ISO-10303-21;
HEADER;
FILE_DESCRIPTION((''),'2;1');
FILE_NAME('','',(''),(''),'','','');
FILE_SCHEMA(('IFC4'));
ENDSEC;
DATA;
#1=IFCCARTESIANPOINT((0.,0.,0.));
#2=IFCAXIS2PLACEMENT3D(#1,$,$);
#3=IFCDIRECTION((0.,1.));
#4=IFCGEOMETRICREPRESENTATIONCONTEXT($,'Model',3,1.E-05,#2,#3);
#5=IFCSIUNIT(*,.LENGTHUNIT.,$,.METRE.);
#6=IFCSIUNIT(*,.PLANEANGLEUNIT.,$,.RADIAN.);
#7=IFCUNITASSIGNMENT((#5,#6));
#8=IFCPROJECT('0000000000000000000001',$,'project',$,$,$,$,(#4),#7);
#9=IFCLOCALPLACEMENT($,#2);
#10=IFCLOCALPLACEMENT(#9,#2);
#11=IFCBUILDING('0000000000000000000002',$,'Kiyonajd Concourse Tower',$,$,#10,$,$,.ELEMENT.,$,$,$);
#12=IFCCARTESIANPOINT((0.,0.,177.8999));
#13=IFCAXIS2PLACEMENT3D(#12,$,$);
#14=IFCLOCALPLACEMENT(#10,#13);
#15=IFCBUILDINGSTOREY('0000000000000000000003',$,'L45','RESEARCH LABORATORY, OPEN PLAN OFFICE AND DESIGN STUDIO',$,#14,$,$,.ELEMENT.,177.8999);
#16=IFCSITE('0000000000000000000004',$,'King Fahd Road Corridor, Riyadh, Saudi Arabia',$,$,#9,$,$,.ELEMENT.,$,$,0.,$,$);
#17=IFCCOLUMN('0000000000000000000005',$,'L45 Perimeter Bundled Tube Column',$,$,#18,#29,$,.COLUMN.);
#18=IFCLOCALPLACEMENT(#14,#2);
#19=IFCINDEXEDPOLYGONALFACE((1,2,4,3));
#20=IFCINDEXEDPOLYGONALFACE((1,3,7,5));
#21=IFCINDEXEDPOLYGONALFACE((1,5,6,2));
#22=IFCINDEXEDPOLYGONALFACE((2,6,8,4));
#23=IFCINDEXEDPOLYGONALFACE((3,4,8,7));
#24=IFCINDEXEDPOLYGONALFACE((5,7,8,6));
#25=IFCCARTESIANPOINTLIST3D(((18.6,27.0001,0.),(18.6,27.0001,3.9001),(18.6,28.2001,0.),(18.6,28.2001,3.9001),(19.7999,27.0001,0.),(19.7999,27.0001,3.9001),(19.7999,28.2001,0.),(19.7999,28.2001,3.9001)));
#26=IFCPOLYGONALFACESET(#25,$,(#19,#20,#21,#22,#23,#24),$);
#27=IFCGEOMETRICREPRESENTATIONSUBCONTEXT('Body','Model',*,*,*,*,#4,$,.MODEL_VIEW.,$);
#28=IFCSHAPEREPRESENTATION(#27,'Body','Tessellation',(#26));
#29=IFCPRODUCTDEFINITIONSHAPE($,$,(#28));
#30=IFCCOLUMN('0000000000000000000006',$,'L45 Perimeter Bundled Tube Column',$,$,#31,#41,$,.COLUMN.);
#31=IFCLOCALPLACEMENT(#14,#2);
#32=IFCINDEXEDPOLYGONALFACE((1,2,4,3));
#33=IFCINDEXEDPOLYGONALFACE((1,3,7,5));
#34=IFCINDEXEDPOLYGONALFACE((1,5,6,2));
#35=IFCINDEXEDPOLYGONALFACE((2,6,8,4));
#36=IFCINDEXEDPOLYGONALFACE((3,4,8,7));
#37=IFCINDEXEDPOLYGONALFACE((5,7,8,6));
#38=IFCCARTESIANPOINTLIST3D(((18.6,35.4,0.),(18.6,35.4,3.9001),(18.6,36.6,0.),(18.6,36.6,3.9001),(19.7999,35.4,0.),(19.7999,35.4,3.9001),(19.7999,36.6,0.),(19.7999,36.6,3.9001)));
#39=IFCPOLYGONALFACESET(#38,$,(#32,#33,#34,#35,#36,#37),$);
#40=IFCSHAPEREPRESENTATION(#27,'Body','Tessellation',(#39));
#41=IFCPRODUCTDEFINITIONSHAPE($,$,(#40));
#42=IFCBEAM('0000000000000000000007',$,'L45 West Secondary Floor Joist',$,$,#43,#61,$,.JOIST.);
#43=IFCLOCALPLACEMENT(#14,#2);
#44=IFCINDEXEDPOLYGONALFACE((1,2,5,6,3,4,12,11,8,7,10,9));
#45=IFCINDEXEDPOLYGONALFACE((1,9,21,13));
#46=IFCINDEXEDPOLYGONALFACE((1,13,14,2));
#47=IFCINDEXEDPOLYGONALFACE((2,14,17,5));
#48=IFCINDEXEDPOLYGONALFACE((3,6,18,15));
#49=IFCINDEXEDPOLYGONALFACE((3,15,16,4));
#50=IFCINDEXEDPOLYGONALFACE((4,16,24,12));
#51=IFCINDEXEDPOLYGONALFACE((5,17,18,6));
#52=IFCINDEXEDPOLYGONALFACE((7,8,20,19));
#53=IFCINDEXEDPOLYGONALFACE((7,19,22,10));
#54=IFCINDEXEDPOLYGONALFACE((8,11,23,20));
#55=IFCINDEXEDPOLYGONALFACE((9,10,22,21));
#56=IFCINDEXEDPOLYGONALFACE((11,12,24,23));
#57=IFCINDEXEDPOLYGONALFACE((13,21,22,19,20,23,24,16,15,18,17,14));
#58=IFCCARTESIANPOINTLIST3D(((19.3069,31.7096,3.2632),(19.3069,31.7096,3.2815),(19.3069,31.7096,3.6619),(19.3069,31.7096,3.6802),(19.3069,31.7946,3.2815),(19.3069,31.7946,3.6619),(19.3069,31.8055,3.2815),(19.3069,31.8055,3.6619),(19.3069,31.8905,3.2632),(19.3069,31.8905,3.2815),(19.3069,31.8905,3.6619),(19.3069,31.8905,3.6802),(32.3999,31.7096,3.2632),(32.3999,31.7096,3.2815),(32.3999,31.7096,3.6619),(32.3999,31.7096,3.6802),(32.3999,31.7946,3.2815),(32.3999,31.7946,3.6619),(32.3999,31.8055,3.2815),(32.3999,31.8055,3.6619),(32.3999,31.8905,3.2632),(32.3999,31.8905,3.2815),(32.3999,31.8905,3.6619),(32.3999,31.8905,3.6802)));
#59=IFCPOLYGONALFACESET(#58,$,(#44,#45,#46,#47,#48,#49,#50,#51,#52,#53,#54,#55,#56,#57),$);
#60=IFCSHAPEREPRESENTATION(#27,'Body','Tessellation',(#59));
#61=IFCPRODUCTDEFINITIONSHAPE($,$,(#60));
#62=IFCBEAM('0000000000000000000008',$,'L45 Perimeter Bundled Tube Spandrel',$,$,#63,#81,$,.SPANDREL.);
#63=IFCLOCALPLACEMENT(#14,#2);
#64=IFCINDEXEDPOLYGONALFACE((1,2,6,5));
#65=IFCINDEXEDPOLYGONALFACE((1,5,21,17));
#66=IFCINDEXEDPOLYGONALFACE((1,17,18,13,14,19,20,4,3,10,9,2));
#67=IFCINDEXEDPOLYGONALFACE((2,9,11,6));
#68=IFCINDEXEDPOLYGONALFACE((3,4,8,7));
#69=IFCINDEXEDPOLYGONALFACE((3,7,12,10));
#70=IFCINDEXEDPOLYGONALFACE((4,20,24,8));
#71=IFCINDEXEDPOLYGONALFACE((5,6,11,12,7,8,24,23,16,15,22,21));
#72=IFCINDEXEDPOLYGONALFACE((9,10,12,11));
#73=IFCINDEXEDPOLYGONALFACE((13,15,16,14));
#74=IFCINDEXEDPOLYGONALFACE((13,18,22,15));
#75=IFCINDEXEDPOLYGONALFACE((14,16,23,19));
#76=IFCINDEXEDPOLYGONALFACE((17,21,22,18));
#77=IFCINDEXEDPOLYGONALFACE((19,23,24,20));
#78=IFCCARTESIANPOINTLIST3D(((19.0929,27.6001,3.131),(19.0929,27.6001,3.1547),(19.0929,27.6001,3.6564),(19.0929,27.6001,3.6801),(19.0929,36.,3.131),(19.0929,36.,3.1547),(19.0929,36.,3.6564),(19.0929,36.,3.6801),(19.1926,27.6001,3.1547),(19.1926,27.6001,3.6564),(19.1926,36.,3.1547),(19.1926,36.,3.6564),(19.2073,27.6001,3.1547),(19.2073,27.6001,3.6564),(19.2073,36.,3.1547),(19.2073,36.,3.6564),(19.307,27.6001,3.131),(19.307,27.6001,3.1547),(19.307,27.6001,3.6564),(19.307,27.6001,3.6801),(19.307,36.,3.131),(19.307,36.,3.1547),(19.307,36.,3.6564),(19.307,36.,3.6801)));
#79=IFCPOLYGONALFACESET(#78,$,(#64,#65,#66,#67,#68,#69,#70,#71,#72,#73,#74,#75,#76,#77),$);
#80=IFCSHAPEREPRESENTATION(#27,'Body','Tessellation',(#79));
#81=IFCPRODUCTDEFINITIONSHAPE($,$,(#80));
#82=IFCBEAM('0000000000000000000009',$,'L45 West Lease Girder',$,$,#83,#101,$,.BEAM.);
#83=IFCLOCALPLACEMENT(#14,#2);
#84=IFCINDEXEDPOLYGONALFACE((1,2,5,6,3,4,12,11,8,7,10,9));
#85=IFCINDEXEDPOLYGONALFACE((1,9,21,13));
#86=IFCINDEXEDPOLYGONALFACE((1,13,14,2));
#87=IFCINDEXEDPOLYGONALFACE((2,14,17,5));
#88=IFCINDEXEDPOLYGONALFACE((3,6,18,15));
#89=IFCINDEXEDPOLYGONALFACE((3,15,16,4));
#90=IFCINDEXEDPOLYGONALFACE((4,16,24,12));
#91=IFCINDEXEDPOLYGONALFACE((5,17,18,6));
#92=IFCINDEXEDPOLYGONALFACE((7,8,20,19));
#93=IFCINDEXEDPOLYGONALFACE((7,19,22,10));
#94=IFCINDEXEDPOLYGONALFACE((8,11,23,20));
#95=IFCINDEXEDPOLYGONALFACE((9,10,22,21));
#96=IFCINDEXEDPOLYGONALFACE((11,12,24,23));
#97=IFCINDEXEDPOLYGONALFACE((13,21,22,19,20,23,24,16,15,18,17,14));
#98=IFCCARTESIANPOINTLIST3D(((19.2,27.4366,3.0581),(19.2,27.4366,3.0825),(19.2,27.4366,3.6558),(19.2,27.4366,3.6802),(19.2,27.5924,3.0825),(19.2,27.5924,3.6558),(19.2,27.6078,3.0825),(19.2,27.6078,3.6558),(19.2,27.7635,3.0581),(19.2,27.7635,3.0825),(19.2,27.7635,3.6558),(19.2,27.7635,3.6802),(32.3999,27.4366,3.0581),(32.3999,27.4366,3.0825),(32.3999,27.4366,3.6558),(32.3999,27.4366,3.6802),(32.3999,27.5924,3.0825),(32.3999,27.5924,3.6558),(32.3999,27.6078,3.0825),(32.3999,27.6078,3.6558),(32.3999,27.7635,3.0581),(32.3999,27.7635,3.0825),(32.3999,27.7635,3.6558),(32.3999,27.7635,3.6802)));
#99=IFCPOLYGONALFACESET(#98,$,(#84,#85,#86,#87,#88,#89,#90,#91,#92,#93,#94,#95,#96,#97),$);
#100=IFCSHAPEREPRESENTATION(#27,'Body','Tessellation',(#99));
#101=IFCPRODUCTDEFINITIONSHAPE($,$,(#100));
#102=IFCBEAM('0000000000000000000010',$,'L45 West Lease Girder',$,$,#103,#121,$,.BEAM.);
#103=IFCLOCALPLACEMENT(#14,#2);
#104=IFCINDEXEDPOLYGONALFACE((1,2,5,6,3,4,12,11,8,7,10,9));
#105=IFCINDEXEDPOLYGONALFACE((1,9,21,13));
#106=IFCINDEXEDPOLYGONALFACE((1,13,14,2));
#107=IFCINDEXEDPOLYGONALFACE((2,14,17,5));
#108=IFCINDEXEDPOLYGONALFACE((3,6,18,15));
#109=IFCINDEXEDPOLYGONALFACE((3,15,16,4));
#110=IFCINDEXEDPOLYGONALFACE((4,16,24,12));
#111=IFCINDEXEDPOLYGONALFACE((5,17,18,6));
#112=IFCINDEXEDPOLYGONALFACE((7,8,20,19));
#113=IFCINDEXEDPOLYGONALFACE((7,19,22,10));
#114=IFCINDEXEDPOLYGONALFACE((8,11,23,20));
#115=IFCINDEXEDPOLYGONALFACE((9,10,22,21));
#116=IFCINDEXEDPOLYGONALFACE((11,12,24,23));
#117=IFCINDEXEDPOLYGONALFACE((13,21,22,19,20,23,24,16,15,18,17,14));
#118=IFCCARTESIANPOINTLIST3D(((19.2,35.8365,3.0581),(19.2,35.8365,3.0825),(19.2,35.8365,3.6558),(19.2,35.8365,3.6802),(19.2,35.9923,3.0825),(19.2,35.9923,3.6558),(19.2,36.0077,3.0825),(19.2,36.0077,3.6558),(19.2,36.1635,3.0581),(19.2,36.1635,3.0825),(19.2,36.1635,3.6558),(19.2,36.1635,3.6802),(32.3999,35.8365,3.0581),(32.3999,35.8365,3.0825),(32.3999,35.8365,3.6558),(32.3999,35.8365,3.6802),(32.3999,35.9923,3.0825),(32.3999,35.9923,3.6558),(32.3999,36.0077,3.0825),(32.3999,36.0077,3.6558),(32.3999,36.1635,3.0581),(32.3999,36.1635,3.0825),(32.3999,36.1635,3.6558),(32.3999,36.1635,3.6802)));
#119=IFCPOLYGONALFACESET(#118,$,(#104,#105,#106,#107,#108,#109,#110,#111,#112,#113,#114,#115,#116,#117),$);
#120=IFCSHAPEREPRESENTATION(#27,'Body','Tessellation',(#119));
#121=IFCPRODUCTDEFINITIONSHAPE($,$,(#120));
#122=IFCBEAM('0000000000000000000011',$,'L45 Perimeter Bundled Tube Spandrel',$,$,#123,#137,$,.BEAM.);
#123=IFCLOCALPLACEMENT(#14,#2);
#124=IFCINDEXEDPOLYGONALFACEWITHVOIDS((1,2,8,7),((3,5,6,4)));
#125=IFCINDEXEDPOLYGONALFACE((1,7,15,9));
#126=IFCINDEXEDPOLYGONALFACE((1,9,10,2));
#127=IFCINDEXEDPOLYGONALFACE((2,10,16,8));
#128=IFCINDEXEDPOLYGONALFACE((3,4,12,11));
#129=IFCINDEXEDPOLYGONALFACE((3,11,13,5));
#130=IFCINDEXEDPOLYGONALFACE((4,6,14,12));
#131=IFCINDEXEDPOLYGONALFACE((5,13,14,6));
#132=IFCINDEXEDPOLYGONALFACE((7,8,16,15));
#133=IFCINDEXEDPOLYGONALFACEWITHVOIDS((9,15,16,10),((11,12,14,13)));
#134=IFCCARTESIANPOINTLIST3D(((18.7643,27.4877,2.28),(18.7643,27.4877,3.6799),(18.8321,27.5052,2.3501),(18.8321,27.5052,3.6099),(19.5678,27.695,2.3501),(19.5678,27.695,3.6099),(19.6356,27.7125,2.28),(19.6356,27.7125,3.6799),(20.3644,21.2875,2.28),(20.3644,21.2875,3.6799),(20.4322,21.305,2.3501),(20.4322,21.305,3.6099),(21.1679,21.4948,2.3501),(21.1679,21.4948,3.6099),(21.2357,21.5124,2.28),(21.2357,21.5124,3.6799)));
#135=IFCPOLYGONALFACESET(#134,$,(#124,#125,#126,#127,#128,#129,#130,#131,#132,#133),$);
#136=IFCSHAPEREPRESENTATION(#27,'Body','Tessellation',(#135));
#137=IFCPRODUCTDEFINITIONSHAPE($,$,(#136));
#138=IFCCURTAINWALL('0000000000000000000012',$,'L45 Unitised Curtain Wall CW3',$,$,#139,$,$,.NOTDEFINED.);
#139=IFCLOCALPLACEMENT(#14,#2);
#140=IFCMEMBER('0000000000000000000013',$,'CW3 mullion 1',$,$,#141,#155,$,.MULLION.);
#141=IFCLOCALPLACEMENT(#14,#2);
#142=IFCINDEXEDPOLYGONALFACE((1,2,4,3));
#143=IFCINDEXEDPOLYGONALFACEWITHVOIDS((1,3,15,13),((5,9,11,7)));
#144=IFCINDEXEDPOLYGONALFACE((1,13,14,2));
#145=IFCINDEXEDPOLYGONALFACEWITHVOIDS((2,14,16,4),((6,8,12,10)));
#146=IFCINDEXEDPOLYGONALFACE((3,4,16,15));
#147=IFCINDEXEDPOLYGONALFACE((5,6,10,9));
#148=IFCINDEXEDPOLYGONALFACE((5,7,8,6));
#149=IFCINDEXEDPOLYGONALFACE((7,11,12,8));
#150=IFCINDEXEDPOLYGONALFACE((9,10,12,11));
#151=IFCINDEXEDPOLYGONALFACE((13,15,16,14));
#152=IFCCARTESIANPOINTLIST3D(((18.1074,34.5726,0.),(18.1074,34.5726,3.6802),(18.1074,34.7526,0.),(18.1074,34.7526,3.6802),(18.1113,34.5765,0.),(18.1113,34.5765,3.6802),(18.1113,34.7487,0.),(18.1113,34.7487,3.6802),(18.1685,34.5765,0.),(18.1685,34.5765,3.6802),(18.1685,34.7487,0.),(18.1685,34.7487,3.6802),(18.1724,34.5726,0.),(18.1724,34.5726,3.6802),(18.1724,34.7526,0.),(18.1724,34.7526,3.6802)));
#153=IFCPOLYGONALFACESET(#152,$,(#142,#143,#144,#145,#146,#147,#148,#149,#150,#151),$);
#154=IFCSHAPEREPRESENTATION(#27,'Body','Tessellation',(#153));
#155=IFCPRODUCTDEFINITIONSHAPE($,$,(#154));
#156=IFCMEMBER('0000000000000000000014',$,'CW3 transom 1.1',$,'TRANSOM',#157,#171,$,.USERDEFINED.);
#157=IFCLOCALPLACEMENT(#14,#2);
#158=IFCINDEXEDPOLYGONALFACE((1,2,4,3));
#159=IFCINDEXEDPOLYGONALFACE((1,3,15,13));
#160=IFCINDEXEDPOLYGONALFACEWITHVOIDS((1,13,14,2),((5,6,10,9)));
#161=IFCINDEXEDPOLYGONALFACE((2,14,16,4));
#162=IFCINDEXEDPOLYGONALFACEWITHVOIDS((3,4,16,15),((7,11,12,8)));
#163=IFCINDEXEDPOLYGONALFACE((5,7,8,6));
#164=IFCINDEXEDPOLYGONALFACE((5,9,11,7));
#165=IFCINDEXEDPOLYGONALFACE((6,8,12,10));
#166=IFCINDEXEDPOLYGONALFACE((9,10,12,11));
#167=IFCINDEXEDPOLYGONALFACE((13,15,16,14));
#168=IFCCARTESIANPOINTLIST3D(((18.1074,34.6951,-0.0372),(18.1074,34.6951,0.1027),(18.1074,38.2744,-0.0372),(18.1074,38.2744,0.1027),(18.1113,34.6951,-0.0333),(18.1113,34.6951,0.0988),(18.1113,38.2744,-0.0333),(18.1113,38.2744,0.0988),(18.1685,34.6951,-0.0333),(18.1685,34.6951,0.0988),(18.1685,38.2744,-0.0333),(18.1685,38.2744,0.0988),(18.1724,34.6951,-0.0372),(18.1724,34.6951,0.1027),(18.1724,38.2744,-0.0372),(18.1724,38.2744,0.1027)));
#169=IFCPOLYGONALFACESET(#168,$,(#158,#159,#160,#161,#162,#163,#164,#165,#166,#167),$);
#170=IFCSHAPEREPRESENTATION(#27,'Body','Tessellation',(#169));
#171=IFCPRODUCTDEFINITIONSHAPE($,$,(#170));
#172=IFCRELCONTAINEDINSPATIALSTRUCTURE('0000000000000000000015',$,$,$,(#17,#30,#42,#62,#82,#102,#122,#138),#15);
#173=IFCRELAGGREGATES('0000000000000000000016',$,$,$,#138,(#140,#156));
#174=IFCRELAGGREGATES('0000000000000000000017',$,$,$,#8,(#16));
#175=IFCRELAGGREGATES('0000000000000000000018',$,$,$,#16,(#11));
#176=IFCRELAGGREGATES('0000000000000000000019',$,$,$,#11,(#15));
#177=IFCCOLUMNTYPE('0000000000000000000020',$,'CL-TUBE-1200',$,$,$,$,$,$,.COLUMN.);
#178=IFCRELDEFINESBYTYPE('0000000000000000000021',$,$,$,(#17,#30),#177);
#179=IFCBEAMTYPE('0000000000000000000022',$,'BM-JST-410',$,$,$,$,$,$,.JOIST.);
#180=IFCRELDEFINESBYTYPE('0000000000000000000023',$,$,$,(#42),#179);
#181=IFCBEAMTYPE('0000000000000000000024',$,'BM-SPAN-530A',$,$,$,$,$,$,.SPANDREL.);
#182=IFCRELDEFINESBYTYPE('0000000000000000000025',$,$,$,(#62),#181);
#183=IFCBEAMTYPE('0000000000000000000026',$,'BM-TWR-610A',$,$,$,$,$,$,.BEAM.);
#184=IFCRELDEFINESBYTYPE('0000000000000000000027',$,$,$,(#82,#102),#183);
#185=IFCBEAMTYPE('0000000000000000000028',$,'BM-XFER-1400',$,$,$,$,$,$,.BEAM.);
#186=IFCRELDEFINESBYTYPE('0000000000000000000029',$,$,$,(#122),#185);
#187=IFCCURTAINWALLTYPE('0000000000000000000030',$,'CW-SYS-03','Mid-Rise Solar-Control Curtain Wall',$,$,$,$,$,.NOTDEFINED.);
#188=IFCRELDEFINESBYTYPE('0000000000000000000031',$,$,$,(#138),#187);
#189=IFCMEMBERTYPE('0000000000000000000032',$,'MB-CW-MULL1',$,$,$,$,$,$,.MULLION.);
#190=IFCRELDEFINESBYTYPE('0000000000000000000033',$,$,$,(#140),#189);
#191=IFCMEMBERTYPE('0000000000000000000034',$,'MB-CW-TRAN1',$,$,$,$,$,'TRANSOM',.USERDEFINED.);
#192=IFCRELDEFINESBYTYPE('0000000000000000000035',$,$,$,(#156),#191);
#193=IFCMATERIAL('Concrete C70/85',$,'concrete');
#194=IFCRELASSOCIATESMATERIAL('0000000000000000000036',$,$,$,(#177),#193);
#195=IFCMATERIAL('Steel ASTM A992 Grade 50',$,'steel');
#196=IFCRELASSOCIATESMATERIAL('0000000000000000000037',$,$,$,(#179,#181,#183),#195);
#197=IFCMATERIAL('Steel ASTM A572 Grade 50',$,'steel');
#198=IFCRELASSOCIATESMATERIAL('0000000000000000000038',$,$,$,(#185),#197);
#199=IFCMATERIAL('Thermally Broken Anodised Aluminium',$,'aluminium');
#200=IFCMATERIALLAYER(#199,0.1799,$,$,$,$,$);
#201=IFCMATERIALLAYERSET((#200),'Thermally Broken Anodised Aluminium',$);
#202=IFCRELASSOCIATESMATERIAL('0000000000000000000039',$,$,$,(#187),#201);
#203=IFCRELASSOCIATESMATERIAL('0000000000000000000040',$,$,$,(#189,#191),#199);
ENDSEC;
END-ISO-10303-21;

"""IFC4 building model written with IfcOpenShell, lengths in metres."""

from ifc_helpers import new_model, si_unit, direction, frame, origin, origin_2d, place, context, subcontext, project, spatial, rectangle, hollow_rectangle, i_section, extrude, material, layer, layer_set, material_profile, profile_set, type_object, element, aggregate, save


model = new_model("IFC4")

# Units and contexts
model_context = context("Model", 3, precision=1e-05, world=origin(), true_north=direction((0.0, 1.0)))
body_context = subcontext(model_context, "Body", "Model", "MODEL_VIEW")
ifc_project = project(units=[si_unit("LENGTHUNIT", "METRE"), si_unit("PLANEANGLEUNIT", "RADIAN")], contexts=[model_context])

# Site, building, storey
site_placement = place(None, origin())
site = spatial("IfcSite", under=ifc_project, at=site_placement, Name="King Fahd Road Corridor, Riyadh, Saudi Arabia", CompositionType="ELEMENT", RefElevation=0.0)
building_placement = place(site_placement, origin())
building = spatial("IfcBuilding", under=site, at=building_placement, Name="Kiyonajd Concourse Tower", CompositionType="ELEMENT")
storey_placement = place(building_placement, frame((0.0, 0.0, 177.8999)))
storey = spatial("IfcBuildingStorey", under=building, at=storey_placement, Name="L45", Description="RESEARCH LABORATORY, OPEN PLAN OFFICE AND DESIGN STUDIO", CompositionType="ELEMENT", Elevation=177.8999)

# Columns
ifc_material_1 = material(Name="Concrete C70/85", Category="concrete")
ifc_material_profile_1 = material_profile(ifc_material_1, rectangle(XDim=1.2, YDim=1.2, at=origin_2d()), Name="RC-1200x1200")
ifc_profile_set_1 = profile_set([ifc_material_profile_1], Name="Concrete C70/85")
column_type = type_object("IfcColumnType", Name="CL-TUBE-1200", PredefinedType="COLUMN", material=ifc_profile_set_1)
for number, where, z_axis, x_axis, name in (
    (1, (19.2, 27.6001, 0.0), (0.0, 0.0, 1.0), (1.0, 0.0, 0.0), "L45 Perimeter Bundled Tube Column"),
    (2, (19.2, 36.0, 0.0), (0.0, 0.0, 1.0), (1.0, 0.0, 0.0), "L45 Perimeter Bundled Tube Column"),
):
    element("IfcColumn", number, at=place(storey_placement, frame(where, z_axis=z_axis, x_axis=x_axis)), inside=storey, type_object=column_type, Name=name, PredefinedType="COLUMN", context=body_context, shape_type="SweptSolid", body=[
        extrude(rectangle(XDim=1.2, YDim=1.2, at=origin_2d()), origin(), (0.0, 0.0, 1.0), 3.9001),
    ])

# Beams
ifc_material_2 = material(Name="Steel ASTM A992 Grade 50", Category="steel")
ifc_material_profile_2 = material_profile(ifc_material_2, i_section(OverallWidth=0.1809, OverallDepth=0.417, WebThickness=0.011, FlangeThickness=0.0183, at=origin_2d()), Name="W410X85")
ifc_profile_set_2 = profile_set([ifc_material_profile_2], Name="Steel ASTM A992 Grade 50")
beam_type_1 = type_object("IfcBeamType", Name="BM-JST-410", PredefinedType="JOIST", material=ifc_profile_set_2)
beam_1_placement = place(storey_placement, frame((19.3069, 31.8, 3.4717), z_axis=(1.0, 0.0, 0.0), x_axis=(0.0, 1.0, 0.0)))
element("IfcBeam", 3, at=beam_1_placement, inside=storey, type_object=beam_type_1, Name="L45 West Secondary Floor Joist", PredefinedType="JOIST", context=body_context, shape_type="SweptSolid", body=[
    extrude(i_section(OverallWidth=0.1809, OverallDepth=0.417, WebThickness=0.011, FlangeThickness=0.0183, at=origin_2d()), origin(), (0.0, 0.0, 1.0), 13.093),
])
ifc_material_profile_3 = material_profile(ifc_material_2, i_section(OverallWidth=0.2141, OverallDepth=0.5491, WebThickness=0.0146, FlangeThickness=0.0237, at=origin_2d()), Name="W530X138")
ifc_profile_set_3 = profile_set([ifc_material_profile_3], Name="Steel ASTM A992 Grade 50")
beam_type_2 = type_object("IfcBeamType", Name="BM-SPAN-530A", PredefinedType="SPANDREL", material=ifc_profile_set_3)
beam_2_placement = place(storey_placement, frame((19.2, 36.0, 3.4055), z_axis=(0.0, -1.0, 0.0), x_axis=(1.0, 0.0, 0.0)))
element("IfcBeam", 4, at=beam_2_placement, inside=storey, type_object=beam_type_2, Name="L45 Perimeter Bundled Tube Spandrel", PredefinedType="SPANDREL", context=body_context, shape_type="SweptSolid", body=[
    extrude(i_section(OverallWidth=0.2141, OverallDepth=0.5491, WebThickness=0.0146, FlangeThickness=0.0237, at=origin_2d()), origin(), (0.0, 0.0, 1.0), 8.3999),
])
ifc_material_profile_4 = material_profile(ifc_material_2, i_section(OverallWidth=0.3269, OverallDepth=0.6221, WebThickness=0.0154, FlangeThickness=0.0244, at=origin_2d()), Name="W610X195")
ifc_profile_set_4 = profile_set([ifc_material_profile_4], Name="Steel ASTM A992 Grade 50")
beam_type_3 = type_object("IfcBeamType", Name="BM-TWR-610A", PredefinedType="BEAM", material=ifc_profile_set_4)
for number, where, z_axis, x_axis, name in (
    (5, (19.2, 27.6001, 3.3691), (1.0, 0.0, 0.0), (0.0, 1.0, 0.0), "L45 West Lease Girder"),
    (6, (19.2, 36.0, 3.3691), (1.0, 0.0, 0.0), (0.0, 1.0, 0.0), "L45 West Lease Girder"),
):
    element("IfcBeam", number, at=place(storey_placement, frame(where, z_axis=z_axis, x_axis=x_axis)), inside=storey, type_object=beam_type_3, Name=name, PredefinedType="BEAM", context=body_context, shape_type="SweptSolid", body=[
        extrude(i_section(OverallWidth=0.3269, OverallDepth=0.6221, WebThickness=0.0154, FlangeThickness=0.0244, at=origin_2d()), origin(), (0.0, 0.0, 1.0), 13.2),
    ])
ifc_material_3 = material(Name="Steel ASTM A572 Grade 50", Category="steel")
ifc_material_profile_5 = material_profile(ifc_material_3, hollow_rectangle(XDim=0.8999, YDim=1.3999, WallThickness=0.0701, at=origin_2d()), Name="BOX-1400x900x70")
ifc_profile_set_5 = profile_set([ifc_material_profile_5], Name="Steel ASTM A572 Grade 50")
beam_type_4 = type_object("IfcBeamType", Name="BM-XFER-1400", PredefinedType="BEAM", material=ifc_profile_set_5)
beam_3_placement = place(storey_placement, frame((19.2, 27.6001, 2.98), z_axis=(0.249885, -0.968276, 0.0), x_axis=(0.968276, 0.249885, 0.0)))
element("IfcBeam", 7, at=beam_3_placement, inside=storey, type_object=beam_type_4, Name="L45 Perimeter Bundled Tube Spandrel", PredefinedType="BEAM", context=body_context, shape_type="SweptSolid", body=[
    extrude(hollow_rectangle(XDim=0.8999, YDim=1.3999, WallThickness=0.0701, at=origin_2d()), origin(), (0.0, 0.0, 1.0), 6.4033),
])

# Curtain wall, members
ifc_material_4 = material(Name="Thermally Broken Anodised Aluminium", Category="aluminium")
ifc_layer_1 = layer(ifc_material_4, 0.1799)
ifc_layer_set_1 = layer_set([ifc_layer_1], Name="Thermally Broken Anodised Aluminium")
curtain_wall_type = type_object("IfcCurtainWallType", Name="CW-SYS-03", Description="Mid-Rise Solar-Control Curtain Wall", PredefinedType="NOTDEFINED", material=ifc_layer_set_1)
curtain_wall_placement = place(storey_placement, origin())
curtain_wall = element("IfcCurtainWall", 8, at=curtain_wall_placement, inside=storey, type_object=curtain_wall_type, Name="L45 Unitised Curtain Wall CW3", PredefinedType="NOTDEFINED")
ifc_material_profile_6 = material_profile(ifc_material_4, hollow_rectangle(XDim=0.0649, YDim=0.1799, WallThickness=0.0039, at=origin_2d()), Name="MULL-65x180")
ifc_profile_set_6 = profile_set([ifc_material_profile_6], Name="Thermally Broken Anodised Aluminium")
member_type_1 = type_object("IfcMemberType", Name="MB-CW-MULL1", PredefinedType="MULLION", material=ifc_profile_set_6)
member_1_placement = place(storey_placement, frame((18.1399, 34.6626, 0.0), z_axis=(0.0, 0.0, 1.0), x_axis=(-1.0, 0.0, 0.0)))
member_1 = element("IfcMember", 9, at=member_1_placement, type_object=member_type_1, Name="CW3 mullion 1", PredefinedType="MULLION", context=body_context, shape_type="SweptSolid", body=[
    extrude(hollow_rectangle(XDim=0.0649, YDim=0.1799, WallThickness=0.0039, at=origin_2d()), origin(), (0.0, 0.0, 1.0), 3.6802),
])
ifc_material_profile_7 = material_profile(ifc_material_4, hollow_rectangle(XDim=0.0649, YDim=0.1399, WallThickness=0.0039, at=origin_2d()), Name="TRAN-65x140")
ifc_profile_set_7 = profile_set([ifc_material_profile_7], Name="Thermally Broken Anodised Aluminium")
member_type_2 = type_object("IfcMemberType", Name="MB-CW-TRAN1", ElementType="TRANSOM", PredefinedType="USERDEFINED", material=ifc_profile_set_7)
member_2_placement = place(storey_placement, frame((18.1399, 34.6951, 0.0327), z_axis=(0.0, 1.0, 0.0), x_axis=(-1.0, 0.0, 0.0)))
member_2 = element("IfcMember", 10, at=member_2_placement, type_object=member_type_2, Name="CW3 transom 1.1", ObjectType="TRANSOM", PredefinedType="USERDEFINED", context=body_context, shape_type="SweptSolid", body=[
    extrude(hollow_rectangle(XDim=0.0649, YDim=0.1399, WallThickness=0.0039, at=origin_2d()), origin(), (0.0, 0.0, 1.0), 3.5793),
])

aggregate(curtain_wall, [member_1, member_2])

save(model, "model.ifc")
